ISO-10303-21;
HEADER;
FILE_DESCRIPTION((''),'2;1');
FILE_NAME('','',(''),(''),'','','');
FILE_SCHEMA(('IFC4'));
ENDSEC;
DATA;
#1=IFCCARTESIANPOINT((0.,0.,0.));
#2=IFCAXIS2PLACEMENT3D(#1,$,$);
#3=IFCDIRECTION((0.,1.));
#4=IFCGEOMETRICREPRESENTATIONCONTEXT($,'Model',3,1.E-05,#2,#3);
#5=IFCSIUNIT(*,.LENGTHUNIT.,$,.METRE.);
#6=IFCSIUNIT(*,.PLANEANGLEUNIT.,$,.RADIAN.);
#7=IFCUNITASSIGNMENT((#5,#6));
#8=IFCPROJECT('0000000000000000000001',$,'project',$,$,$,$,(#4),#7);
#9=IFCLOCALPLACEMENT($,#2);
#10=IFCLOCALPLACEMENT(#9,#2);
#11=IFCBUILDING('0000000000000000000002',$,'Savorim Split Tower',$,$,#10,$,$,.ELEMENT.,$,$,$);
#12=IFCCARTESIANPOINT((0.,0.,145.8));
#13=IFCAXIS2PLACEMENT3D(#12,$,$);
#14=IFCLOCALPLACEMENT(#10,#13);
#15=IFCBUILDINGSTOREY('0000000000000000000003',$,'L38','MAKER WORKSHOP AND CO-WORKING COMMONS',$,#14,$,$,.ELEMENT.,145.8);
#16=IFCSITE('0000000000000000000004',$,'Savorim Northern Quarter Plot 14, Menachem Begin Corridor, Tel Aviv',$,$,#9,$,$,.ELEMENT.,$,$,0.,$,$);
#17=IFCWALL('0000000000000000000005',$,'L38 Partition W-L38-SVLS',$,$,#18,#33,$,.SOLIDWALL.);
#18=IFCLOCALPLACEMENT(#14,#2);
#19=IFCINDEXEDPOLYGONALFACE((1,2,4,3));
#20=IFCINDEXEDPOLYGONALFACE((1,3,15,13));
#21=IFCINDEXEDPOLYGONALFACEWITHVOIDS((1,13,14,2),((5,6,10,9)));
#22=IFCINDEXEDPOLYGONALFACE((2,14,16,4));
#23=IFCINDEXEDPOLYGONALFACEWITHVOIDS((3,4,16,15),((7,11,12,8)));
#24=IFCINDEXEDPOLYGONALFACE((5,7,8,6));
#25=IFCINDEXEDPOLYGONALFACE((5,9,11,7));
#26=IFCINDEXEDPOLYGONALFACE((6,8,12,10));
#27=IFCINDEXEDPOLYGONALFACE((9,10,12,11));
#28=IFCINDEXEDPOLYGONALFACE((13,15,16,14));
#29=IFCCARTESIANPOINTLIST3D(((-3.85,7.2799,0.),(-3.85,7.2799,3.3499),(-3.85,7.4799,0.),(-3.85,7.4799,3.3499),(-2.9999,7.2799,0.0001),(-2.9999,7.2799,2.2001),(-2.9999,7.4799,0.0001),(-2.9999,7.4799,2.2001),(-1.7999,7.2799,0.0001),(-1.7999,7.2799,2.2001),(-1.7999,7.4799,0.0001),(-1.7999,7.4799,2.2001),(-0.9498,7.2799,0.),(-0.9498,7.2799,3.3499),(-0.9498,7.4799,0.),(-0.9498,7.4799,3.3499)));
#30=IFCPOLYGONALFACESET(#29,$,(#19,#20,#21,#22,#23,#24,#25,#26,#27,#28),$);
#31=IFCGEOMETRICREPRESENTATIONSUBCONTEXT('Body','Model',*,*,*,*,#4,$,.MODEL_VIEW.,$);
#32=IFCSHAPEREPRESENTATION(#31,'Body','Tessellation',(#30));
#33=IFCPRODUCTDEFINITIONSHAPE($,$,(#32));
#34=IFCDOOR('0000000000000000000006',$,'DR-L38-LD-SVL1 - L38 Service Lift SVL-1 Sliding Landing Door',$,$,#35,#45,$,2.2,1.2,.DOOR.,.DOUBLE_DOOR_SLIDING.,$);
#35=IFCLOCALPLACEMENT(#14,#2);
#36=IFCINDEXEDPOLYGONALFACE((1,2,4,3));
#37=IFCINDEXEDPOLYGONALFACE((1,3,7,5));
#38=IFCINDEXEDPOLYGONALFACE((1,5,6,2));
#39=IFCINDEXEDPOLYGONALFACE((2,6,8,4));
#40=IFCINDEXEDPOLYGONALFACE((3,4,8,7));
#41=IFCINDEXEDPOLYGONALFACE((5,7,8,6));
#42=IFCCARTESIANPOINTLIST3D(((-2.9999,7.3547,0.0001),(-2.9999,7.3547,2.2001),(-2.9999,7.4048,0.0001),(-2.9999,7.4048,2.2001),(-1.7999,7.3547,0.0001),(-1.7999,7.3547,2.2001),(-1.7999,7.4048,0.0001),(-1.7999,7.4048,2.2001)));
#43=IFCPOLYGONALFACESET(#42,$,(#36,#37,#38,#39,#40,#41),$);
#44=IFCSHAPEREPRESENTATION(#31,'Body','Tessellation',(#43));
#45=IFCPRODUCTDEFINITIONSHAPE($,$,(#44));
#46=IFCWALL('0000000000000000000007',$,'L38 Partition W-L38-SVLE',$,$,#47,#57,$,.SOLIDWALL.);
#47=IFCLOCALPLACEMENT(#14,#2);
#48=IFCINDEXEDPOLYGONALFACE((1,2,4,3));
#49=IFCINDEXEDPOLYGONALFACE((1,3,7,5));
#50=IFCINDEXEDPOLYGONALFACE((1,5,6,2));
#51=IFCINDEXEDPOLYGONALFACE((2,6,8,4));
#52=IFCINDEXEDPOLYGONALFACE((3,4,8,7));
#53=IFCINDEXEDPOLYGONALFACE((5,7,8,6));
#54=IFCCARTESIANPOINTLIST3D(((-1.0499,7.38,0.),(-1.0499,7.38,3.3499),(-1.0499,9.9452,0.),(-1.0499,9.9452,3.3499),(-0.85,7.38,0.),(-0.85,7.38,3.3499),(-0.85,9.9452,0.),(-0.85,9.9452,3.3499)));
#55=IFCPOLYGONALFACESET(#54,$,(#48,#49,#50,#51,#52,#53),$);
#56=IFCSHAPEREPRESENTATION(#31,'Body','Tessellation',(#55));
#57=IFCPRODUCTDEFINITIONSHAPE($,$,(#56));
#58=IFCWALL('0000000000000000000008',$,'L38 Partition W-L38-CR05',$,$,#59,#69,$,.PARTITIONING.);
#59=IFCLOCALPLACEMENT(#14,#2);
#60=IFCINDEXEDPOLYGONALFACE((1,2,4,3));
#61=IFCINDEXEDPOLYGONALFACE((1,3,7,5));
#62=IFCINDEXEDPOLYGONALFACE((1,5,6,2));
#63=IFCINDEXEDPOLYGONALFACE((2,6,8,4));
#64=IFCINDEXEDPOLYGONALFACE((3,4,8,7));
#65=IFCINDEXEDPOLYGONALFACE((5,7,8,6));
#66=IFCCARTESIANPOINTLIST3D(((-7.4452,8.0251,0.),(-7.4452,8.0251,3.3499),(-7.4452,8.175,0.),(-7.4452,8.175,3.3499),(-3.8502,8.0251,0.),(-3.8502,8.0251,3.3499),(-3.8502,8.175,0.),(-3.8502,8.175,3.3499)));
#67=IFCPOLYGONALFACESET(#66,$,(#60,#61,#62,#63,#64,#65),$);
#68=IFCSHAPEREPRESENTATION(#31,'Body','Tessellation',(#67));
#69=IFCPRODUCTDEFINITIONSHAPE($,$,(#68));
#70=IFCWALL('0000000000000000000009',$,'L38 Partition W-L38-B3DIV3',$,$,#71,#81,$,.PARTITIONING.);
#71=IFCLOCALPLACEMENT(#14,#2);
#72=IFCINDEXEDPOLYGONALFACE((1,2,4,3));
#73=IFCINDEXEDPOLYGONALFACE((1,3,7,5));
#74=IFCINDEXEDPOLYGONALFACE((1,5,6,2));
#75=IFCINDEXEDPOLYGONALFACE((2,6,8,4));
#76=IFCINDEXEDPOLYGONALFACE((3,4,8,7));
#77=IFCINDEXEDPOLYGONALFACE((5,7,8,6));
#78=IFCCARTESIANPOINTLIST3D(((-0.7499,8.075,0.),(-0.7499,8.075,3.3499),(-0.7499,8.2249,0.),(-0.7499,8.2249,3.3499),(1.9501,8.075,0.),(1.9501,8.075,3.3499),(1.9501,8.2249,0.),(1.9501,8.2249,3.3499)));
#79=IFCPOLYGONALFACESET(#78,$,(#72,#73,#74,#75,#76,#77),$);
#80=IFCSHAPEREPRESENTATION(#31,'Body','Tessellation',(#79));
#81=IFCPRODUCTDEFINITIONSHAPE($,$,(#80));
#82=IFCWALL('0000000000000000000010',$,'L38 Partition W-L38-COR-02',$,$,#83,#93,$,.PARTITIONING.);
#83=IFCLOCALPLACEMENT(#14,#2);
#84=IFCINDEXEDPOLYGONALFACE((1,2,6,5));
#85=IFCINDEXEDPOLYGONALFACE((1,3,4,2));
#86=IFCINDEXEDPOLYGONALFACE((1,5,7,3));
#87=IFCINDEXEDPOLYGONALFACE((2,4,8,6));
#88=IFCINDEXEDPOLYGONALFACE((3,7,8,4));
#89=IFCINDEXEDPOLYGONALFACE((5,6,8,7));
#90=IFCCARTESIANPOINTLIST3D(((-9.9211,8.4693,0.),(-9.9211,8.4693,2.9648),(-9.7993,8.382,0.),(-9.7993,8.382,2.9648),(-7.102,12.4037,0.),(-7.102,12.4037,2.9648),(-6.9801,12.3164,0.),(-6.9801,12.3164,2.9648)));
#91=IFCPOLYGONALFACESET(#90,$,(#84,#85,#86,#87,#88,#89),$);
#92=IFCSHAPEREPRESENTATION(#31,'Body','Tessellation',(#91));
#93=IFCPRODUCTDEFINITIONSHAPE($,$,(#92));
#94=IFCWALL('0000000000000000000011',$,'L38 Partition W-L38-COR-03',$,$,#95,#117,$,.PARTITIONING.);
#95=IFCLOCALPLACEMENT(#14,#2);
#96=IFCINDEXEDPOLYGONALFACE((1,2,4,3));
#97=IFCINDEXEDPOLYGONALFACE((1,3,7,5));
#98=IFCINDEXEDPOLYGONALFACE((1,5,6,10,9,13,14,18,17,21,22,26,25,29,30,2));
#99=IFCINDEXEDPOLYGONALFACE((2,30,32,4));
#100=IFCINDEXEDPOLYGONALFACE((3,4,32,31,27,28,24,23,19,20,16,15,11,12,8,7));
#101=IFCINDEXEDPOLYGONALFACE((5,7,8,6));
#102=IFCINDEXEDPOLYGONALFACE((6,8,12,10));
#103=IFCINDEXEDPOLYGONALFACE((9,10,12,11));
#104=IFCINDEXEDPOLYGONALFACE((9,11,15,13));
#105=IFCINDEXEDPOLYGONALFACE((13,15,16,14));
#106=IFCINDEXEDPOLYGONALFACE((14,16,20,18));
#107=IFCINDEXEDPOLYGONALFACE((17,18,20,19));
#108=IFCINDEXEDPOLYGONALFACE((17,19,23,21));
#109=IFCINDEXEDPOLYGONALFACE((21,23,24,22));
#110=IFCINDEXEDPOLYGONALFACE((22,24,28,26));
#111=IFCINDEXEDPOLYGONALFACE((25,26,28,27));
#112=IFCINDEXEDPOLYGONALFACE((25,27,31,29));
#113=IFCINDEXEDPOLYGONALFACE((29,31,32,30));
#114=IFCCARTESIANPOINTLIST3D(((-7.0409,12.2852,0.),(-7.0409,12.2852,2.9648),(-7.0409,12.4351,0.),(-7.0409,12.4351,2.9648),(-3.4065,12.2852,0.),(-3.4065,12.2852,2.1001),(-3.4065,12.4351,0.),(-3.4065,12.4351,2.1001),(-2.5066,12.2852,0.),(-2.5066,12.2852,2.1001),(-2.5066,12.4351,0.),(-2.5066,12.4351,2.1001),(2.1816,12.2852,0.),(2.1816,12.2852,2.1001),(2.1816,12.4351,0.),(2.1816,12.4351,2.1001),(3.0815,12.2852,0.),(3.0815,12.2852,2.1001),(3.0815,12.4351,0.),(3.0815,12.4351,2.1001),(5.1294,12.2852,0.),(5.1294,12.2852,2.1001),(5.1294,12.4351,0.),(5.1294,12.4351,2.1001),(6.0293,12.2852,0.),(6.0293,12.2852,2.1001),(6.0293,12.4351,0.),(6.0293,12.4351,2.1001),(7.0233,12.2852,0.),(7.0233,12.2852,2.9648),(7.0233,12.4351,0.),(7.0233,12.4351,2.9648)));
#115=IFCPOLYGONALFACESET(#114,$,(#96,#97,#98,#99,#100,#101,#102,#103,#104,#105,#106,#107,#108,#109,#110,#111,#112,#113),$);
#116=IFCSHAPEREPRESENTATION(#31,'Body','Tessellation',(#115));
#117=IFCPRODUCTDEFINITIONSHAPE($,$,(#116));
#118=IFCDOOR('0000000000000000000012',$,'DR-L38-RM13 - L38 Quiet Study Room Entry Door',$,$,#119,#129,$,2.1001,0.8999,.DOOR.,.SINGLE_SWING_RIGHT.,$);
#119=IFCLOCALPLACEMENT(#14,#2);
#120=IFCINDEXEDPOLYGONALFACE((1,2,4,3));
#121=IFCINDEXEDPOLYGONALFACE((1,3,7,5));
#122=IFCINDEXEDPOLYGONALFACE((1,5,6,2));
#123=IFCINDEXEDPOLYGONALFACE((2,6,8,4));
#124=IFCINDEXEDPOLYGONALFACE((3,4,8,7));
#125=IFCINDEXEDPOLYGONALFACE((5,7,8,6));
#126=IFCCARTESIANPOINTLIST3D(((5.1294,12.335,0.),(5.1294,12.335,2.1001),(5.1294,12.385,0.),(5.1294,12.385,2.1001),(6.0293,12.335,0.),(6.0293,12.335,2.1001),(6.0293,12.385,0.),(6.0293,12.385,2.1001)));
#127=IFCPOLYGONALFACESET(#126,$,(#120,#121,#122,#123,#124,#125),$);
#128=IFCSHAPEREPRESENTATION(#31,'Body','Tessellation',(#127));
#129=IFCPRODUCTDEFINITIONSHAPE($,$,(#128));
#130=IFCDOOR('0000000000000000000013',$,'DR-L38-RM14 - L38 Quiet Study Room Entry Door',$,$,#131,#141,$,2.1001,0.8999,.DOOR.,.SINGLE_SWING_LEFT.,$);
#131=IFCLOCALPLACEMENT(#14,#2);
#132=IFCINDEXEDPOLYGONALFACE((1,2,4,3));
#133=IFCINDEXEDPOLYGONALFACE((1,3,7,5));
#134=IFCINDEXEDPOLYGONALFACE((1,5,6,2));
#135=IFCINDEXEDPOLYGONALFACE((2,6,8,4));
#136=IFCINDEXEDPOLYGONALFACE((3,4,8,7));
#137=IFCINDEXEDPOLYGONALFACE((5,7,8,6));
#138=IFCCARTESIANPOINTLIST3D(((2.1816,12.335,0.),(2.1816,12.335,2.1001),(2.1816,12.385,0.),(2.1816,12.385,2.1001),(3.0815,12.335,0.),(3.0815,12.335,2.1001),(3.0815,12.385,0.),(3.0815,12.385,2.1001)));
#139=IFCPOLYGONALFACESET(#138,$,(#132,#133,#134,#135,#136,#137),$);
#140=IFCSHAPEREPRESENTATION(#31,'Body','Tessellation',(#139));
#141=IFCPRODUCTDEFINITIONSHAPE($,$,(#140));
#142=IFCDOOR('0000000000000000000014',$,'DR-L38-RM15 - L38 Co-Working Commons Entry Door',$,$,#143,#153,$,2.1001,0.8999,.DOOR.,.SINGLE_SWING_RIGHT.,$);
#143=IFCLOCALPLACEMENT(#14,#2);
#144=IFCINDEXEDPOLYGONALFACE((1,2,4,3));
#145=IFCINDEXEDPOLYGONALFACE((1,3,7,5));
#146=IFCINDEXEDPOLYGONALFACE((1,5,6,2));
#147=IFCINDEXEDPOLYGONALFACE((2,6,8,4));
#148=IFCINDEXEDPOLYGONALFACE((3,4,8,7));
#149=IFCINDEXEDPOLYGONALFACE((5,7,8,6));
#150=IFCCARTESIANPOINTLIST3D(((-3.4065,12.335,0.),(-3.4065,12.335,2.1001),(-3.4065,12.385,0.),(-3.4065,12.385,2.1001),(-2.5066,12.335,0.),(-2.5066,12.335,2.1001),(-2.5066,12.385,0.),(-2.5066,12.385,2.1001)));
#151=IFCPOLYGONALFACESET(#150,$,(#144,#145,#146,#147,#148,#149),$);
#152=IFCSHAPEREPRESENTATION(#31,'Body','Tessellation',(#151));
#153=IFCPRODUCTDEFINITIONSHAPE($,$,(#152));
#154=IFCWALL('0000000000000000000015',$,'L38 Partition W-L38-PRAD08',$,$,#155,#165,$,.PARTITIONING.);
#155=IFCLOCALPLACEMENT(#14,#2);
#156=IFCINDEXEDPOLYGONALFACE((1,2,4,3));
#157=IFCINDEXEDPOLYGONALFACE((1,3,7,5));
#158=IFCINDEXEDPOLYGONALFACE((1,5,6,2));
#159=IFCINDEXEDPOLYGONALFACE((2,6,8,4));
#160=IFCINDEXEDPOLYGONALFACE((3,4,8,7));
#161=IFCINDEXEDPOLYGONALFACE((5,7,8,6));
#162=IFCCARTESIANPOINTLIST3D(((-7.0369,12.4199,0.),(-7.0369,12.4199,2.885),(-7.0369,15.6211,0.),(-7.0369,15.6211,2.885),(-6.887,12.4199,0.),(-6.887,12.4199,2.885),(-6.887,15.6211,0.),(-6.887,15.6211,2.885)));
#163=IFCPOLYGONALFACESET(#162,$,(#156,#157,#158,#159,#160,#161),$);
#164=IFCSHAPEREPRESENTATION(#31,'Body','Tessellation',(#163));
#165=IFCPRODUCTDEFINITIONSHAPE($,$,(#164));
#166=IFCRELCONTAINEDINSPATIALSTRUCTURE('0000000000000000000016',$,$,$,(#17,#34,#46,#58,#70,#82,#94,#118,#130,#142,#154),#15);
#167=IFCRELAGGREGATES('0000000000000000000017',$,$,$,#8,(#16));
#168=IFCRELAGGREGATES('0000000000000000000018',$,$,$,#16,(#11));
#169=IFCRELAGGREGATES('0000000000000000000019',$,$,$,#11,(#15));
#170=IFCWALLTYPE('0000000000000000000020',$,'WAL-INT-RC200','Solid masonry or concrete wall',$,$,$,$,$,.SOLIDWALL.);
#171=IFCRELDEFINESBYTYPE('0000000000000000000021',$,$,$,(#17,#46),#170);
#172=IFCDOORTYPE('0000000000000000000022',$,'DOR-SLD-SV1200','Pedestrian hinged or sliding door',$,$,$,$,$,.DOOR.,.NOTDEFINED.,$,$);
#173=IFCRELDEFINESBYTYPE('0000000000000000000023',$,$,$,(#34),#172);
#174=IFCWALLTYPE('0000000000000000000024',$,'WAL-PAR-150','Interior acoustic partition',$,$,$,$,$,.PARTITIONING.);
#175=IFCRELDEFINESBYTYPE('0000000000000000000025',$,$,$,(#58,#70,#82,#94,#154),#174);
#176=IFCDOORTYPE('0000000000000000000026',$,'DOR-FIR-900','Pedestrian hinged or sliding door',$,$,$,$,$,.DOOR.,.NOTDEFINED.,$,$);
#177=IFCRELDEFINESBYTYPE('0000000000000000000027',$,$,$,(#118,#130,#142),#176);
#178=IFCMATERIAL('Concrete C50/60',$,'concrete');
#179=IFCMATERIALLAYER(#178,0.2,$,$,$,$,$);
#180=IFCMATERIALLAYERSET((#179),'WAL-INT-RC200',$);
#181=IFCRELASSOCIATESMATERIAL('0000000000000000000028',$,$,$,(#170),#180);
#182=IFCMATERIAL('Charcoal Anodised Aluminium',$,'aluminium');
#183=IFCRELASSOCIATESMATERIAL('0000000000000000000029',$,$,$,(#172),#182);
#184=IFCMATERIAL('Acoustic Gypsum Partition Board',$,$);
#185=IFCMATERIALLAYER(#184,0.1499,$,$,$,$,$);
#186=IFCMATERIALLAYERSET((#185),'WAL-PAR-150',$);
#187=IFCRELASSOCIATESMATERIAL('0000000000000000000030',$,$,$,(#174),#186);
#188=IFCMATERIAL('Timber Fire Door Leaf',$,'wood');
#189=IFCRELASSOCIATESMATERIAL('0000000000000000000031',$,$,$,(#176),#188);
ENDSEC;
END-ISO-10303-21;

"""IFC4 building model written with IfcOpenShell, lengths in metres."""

from ifc_helpers import new_model, si_unit, direction, frame, frame_2d, origin, place, context, subcontext, project, spatial, rectangle, extrude, material, layer, layer_set, type_object, element, fill, save


model = new_model("IFC4")

# Units and contexts
model_context = context("Model", 3, precision=1e-05, world=origin(), true_north=direction((0.0, 1.0)))
body_context = subcontext(model_context, "Body", "Model", "MODEL_VIEW")
ifc_project = project(units=[si_unit("LENGTHUNIT", "METRE"), si_unit("PLANEANGLEUNIT", "RADIAN")], contexts=[model_context])

# Site, building, storey
site_placement = place(None, origin())
site = spatial("IfcSite", under=ifc_project, at=site_placement, Name="Savorim Northern Quarter Plot 14, Menachem Begin Corridor, Tel Aviv", CompositionType="ELEMENT", RefElevation=0.0)
building_placement = place(site_placement, origin())
building = spatial("IfcBuilding", under=site, at=building_placement, Name="Savorim Split Tower", CompositionType="ELEMENT")
storey_placement = place(building_placement, frame((0.0, 0.0, 145.8)))
storey = spatial("IfcBuildingStorey", under=building, at=storey_placement, Name="L38", Description="MAKER WORKSHOP AND CO-WORKING COMMONS", CompositionType="ELEMENT", Elevation=145.8)

# Shared definitions
ifc_material_1 = material(Name="Charcoal Anodised Aluminium", Category="aluminium")

# Wall, opening, door
ifc_material_2 = material(Name="Concrete C50/60", Category="concrete")
ifc_layer_1 = layer(ifc_material_2, 0.2)
ifc_layer_set_1 = layer_set([ifc_layer_1], Name="WAL-INT-RC200")
wall_type_1 = type_object("IfcWallType", Name="WAL-INT-RC200", Description="Solid masonry or concrete wall", PredefinedType="SOLIDWALL", material=ifc_layer_set_1)
wall_1_placement = place(storey_placement, frame((-3.8501, 7.3799, 0.0), z_axis=(0.0, 0.0, 1.0), x_axis=(1.0, 0.0, 0.0)))
wall_1 = element("IfcWall", 1, at=wall_1_placement, inside=storey, type_object=wall_type_1, Name="L38 Partition W-L38-SVLS", PredefinedType="SOLIDWALL", context=body_context, shape_type="SweptSolid", body=[
    extrude(rectangle(XDim=2.9001, YDim=0.2, at=frame_2d((1.4502, 0.0))), origin(), (0.0, 0.0, 1.0), 3.3499),
])
opening_1_placement = place(wall_1_placement, frame((0.8501, 0.0, 0.0)))
opening_1 = element("IfcOpeningElement", 2, at=opening_1_placement, cuts=wall_1, PredefinedType="OPENING", context=body_context, shape_type="SweptSolid", body=[
    extrude(rectangle(XDim=1.2, YDim=2.2, at=frame_2d((0.6001, 1.1001))), frame((0.0, 0.1099, 0.0), z_axis=(0.0, -1.0, 0.0), x_axis=(1.0, 0.0, 0.0)), (0.0, 0.0, 1.0), 0.22),
])
door_type_1 = type_object("IfcDoorType", Name="DOR-SLD-SV1200", Description="Pedestrian hinged or sliding door", OperationType="NOTDEFINED", PredefinedType="DOOR", material=ifc_material_1)
door_1_placement = place(opening_1_placement, origin())
door_1 = element("IfcDoor", 3, at=door_1_placement, inside=storey, type_object=door_type_1, Name="DR-L38-LD-SVL1 - L38 Service Lift SVL-1 Sliding Landing Door", OperationType="DOUBLE_DOOR_SLIDING", OverallHeight=2.2, OverallWidth=1.2, PredefinedType="DOOR", context=body_context, shape_type="SweptSolid", body=[
    extrude(rectangle(XDim=1.2, YDim=2.2, at=frame_2d((0.6001, 1.1001))), frame((0.0, 0.0249, 0.0), z_axis=(0.0, -1.0, 0.0), x_axis=(1.0, 0.0, 0.0)), (0.0, 0.0, 1.0), 0.05),
])
fill(opening_1, door_1)

# Walls
wall_2_placement = place(storey_placement, frame((-0.95, 7.3799, 0.0), z_axis=(0.0, 0.0, 1.0), x_axis=(0.0, 1.0, 0.0)))
element("IfcWall", 4, at=wall_2_placement, inside=storey, type_object=wall_type_1, Name="L38 Partition W-L38-SVLE", PredefinedType="SOLIDWALL", context=body_context, shape_type="SweptSolid", body=[
    extrude(rectangle(XDim=2.5652, YDim=0.2, at=frame_2d((1.2827, 0.0))), origin(), (0.0, 0.0, 1.0), 3.3499),
])
ifc_material_3 = material(Name="Acoustic Gypsum Partition Board")
ifc_layer_2 = layer(ifc_material_3, 0.1499)
ifc_layer_set_2 = layer_set([ifc_layer_2], Name="WAL-PAR-150")
wall_type_2 = type_object("IfcWallType", Name="WAL-PAR-150", Description="Interior acoustic partition", PredefinedType="PARTITIONING", material=ifc_layer_set_2)
wall_3_placement = place(storey_placement, frame((-7.4451, 8.1001, 0.0), z_axis=(0.0, 0.0, 1.0), x_axis=(1.0, 0.0, 0.0)))
element("IfcWall", 5, at=wall_3_placement, inside=storey, type_object=wall_type_2, Name="L38 Partition W-L38-CR05", PredefinedType="PARTITIONING", context=body_context, shape_type="SweptSolid", body=[
    extrude(rectangle(XDim=3.595, YDim=0.1499, at=frame_2d((1.7974, 0.0))), origin(), (0.0, 0.0, 1.0), 3.3499),
])
wall_4_placement = place(storey_placement, frame((-0.75, 8.1499, 0.0), z_axis=(0.0, 0.0, 1.0), x_axis=(1.0, 0.0, 0.0)))
element("IfcWall", 6, at=wall_4_placement, inside=storey, type_object=wall_type_2, Name="L38 Partition W-L38-B3DIV3", PredefinedType="PARTITIONING", context=body_context, shape_type="SweptSolid", body=[
    extrude(rectangle(XDim=2.7, YDim=0.1499, at=frame_2d((1.3501, 0.0))), origin(), (0.0, 0.0, 1.0), 3.3499),
])
wall_5_placement = place(storey_placement, frame((-9.8601, 8.4258, 0.0), z_axis=(0.0, 0.0, 1.0), x_axis=(0.58245, 0.812867, 0.0)))
element("IfcWall", 7, at=wall_5_placement, inside=storey, type_object=wall_type_2, Name="L38 Partition W-L38-COR-02", PredefinedType="PARTITIONING", context=body_context, shape_type="SweptSolid", body=[
    extrude(rectangle(XDim=4.8401, YDim=0.1499, at=frame_2d((2.4199, 0.0))), origin(), (0.0, 0.0, 1.0), 2.9648),
])

# Wall, openings, doors
wall_6_placement = place(storey_placement, frame((-7.041, 12.3601, 0.0), z_axis=(0.0, 0.0, 1.0), x_axis=(1.0, 0.0, 0.0)))
wall_6 = element("IfcWall", 8, at=wall_6_placement, inside=storey, type_object=wall_type_2, Name="L38 Partition W-L38-COR-03", PredefinedType="PARTITIONING", context=body_context, shape_type="SweptSolid", body=[
    extrude(rectangle(XDim=14.0642, YDim=0.1499, at=frame_2d((7.0322, 0.0))), origin(), (0.0, 0.0, 1.0), 2.9648),
])
opening_2_placement = place(wall_6_placement, frame((12.1704, 0.0, 0.0)))
opening_2 = element("IfcOpeningElement", 9, at=opening_2_placement, cuts=wall_6, PredefinedType="OPENING", context=body_context, shape_type="SweptSolid", body=[
    extrude(rectangle(XDim=0.8999, YDim=2.1001, at=frame_2d((0.45, 1.05))), frame((0.0, 0.085, 0.0), z_axis=(0.0, -1.0, 0.0), x_axis=(1.0, 0.0, 0.0)), (0.0, 0.0, 1.0), 0.1699),
])
opening_3_placement = place(wall_6_placement, frame((9.2227, 0.0, 0.0)))
opening_3 = element("IfcOpeningElement", 10, at=opening_3_placement, cuts=wall_6, PredefinedType="OPENING", context=body_context, shape_type="SweptSolid", body=[
    extrude(rectangle(XDim=0.8999, YDim=2.1001, at=frame_2d((0.45, 1.05))), frame((0.0, 0.085, 0.0), z_axis=(0.0, -1.0, 0.0), x_axis=(1.0, 0.0, 0.0)), (0.0, 0.0, 1.0), 0.1699),
])
opening_4_placement = place(wall_6_placement, frame((3.6345, 0.0, 0.0)))
opening_4 = element("IfcOpeningElement", 11, at=opening_4_placement, cuts=wall_6, PredefinedType="OPENING", context=body_context, shape_type="SweptSolid", body=[
    extrude(rectangle(XDim=0.8999, YDim=2.1001, at=frame_2d((0.45, 1.05))), frame((0.0, 0.085, 0.0), z_axis=(0.0, -1.0, 0.0), x_axis=(1.0, 0.0, 0.0)), (0.0, 0.0, 1.0), 0.1699),
])
ifc_material_4 = material(Name="Timber Fire Door Leaf", Category="wood")
door_type_2 = type_object("IfcDoorType", Name="DOR-FIR-900", Description="Pedestrian hinged or sliding door", OperationType="NOTDEFINED", PredefinedType="DOOR", material=ifc_material_4)
door_2_placement = place(opening_2_placement, origin())
door_2 = element("IfcDoor", 12, at=door_2_placement, inside=storey, type_object=door_type_2, Name="DR-L38-RM13 - L38 Quiet Study Room Entry Door", OperationType="SINGLE_SWING_RIGHT", OverallHeight=2.1001, OverallWidth=0.8999, PredefinedType="DOOR", context=body_context, shape_type="SweptSolid", body=[
    extrude(rectangle(XDim=0.8999, YDim=2.1001, at=frame_2d((0.45, 1.05))), frame((0.0, 0.0249, 0.0), z_axis=(0.0, -1.0, 0.0), x_axis=(1.0, 0.0, 0.0)), (0.0, 0.0, 1.0), 0.05),
])
fill(opening_2, door_2)
door_3_placement = place(opening_3_placement, origin())
door_3 = element("IfcDoor", 13, at=door_3_placement, inside=storey, type_object=door_type_2, Name="DR-L38-RM14 - L38 Quiet Study Room Entry Door", OperationType="SINGLE_SWING_LEFT", OverallHeight=2.1001, OverallWidth=0.8999, PredefinedType="DOOR", context=body_context, shape_type="SweptSolid", body=[
    extrude(rectangle(XDim=0.8999, YDim=2.1001, at=frame_2d((0.45, 1.05))), frame((0.0, 0.0249, 0.0), z_axis=(0.0, -1.0, 0.0), x_axis=(1.0, 0.0, 0.0)), (0.0, 0.0, 1.0), 0.05),
])
fill(opening_3, door_3)
door_4_placement = place(opening_4_placement, origin())
door_4 = element("IfcDoor", 14, at=door_4_placement, inside=storey, type_object=door_type_2, Name="DR-L38-RM15 - L38 Co-Working Commons Entry Door", OperationType="SINGLE_SWING_RIGHT", OverallHeight=2.1001, OverallWidth=0.8999, PredefinedType="DOOR", context=body_context, shape_type="SweptSolid", body=[
    extrude(rectangle(XDim=0.8999, YDim=2.1001, at=frame_2d((0.45, 1.05))), frame((0.0, 0.0249, 0.0), z_axis=(0.0, -1.0, 0.0), x_axis=(1.0, 0.0, 0.0)), (0.0, 0.0, 1.0), 0.05),
])
fill(opening_4, door_4)

# Wall
wall_7_placement = place(storey_placement, frame((-6.9619, 12.4199, 0.0), z_axis=(0.0, 0.0, 1.0), x_axis=(0.0, 1.0, 0.0)))
element("IfcWall", 15, at=wall_7_placement, inside=storey, type_object=wall_type_2, Name="L38 Partition W-L38-PRAD08", PredefinedType="PARTITIONING", context=body_context, shape_type="SweptSolid", body=[
    extrude(rectangle(XDim=3.2012, YDim=0.1499, at=frame_2d((1.6006, 0.0))), origin(), (0.0, 0.0, 1.0), 2.885),
])

save(model, "model.ifc")
